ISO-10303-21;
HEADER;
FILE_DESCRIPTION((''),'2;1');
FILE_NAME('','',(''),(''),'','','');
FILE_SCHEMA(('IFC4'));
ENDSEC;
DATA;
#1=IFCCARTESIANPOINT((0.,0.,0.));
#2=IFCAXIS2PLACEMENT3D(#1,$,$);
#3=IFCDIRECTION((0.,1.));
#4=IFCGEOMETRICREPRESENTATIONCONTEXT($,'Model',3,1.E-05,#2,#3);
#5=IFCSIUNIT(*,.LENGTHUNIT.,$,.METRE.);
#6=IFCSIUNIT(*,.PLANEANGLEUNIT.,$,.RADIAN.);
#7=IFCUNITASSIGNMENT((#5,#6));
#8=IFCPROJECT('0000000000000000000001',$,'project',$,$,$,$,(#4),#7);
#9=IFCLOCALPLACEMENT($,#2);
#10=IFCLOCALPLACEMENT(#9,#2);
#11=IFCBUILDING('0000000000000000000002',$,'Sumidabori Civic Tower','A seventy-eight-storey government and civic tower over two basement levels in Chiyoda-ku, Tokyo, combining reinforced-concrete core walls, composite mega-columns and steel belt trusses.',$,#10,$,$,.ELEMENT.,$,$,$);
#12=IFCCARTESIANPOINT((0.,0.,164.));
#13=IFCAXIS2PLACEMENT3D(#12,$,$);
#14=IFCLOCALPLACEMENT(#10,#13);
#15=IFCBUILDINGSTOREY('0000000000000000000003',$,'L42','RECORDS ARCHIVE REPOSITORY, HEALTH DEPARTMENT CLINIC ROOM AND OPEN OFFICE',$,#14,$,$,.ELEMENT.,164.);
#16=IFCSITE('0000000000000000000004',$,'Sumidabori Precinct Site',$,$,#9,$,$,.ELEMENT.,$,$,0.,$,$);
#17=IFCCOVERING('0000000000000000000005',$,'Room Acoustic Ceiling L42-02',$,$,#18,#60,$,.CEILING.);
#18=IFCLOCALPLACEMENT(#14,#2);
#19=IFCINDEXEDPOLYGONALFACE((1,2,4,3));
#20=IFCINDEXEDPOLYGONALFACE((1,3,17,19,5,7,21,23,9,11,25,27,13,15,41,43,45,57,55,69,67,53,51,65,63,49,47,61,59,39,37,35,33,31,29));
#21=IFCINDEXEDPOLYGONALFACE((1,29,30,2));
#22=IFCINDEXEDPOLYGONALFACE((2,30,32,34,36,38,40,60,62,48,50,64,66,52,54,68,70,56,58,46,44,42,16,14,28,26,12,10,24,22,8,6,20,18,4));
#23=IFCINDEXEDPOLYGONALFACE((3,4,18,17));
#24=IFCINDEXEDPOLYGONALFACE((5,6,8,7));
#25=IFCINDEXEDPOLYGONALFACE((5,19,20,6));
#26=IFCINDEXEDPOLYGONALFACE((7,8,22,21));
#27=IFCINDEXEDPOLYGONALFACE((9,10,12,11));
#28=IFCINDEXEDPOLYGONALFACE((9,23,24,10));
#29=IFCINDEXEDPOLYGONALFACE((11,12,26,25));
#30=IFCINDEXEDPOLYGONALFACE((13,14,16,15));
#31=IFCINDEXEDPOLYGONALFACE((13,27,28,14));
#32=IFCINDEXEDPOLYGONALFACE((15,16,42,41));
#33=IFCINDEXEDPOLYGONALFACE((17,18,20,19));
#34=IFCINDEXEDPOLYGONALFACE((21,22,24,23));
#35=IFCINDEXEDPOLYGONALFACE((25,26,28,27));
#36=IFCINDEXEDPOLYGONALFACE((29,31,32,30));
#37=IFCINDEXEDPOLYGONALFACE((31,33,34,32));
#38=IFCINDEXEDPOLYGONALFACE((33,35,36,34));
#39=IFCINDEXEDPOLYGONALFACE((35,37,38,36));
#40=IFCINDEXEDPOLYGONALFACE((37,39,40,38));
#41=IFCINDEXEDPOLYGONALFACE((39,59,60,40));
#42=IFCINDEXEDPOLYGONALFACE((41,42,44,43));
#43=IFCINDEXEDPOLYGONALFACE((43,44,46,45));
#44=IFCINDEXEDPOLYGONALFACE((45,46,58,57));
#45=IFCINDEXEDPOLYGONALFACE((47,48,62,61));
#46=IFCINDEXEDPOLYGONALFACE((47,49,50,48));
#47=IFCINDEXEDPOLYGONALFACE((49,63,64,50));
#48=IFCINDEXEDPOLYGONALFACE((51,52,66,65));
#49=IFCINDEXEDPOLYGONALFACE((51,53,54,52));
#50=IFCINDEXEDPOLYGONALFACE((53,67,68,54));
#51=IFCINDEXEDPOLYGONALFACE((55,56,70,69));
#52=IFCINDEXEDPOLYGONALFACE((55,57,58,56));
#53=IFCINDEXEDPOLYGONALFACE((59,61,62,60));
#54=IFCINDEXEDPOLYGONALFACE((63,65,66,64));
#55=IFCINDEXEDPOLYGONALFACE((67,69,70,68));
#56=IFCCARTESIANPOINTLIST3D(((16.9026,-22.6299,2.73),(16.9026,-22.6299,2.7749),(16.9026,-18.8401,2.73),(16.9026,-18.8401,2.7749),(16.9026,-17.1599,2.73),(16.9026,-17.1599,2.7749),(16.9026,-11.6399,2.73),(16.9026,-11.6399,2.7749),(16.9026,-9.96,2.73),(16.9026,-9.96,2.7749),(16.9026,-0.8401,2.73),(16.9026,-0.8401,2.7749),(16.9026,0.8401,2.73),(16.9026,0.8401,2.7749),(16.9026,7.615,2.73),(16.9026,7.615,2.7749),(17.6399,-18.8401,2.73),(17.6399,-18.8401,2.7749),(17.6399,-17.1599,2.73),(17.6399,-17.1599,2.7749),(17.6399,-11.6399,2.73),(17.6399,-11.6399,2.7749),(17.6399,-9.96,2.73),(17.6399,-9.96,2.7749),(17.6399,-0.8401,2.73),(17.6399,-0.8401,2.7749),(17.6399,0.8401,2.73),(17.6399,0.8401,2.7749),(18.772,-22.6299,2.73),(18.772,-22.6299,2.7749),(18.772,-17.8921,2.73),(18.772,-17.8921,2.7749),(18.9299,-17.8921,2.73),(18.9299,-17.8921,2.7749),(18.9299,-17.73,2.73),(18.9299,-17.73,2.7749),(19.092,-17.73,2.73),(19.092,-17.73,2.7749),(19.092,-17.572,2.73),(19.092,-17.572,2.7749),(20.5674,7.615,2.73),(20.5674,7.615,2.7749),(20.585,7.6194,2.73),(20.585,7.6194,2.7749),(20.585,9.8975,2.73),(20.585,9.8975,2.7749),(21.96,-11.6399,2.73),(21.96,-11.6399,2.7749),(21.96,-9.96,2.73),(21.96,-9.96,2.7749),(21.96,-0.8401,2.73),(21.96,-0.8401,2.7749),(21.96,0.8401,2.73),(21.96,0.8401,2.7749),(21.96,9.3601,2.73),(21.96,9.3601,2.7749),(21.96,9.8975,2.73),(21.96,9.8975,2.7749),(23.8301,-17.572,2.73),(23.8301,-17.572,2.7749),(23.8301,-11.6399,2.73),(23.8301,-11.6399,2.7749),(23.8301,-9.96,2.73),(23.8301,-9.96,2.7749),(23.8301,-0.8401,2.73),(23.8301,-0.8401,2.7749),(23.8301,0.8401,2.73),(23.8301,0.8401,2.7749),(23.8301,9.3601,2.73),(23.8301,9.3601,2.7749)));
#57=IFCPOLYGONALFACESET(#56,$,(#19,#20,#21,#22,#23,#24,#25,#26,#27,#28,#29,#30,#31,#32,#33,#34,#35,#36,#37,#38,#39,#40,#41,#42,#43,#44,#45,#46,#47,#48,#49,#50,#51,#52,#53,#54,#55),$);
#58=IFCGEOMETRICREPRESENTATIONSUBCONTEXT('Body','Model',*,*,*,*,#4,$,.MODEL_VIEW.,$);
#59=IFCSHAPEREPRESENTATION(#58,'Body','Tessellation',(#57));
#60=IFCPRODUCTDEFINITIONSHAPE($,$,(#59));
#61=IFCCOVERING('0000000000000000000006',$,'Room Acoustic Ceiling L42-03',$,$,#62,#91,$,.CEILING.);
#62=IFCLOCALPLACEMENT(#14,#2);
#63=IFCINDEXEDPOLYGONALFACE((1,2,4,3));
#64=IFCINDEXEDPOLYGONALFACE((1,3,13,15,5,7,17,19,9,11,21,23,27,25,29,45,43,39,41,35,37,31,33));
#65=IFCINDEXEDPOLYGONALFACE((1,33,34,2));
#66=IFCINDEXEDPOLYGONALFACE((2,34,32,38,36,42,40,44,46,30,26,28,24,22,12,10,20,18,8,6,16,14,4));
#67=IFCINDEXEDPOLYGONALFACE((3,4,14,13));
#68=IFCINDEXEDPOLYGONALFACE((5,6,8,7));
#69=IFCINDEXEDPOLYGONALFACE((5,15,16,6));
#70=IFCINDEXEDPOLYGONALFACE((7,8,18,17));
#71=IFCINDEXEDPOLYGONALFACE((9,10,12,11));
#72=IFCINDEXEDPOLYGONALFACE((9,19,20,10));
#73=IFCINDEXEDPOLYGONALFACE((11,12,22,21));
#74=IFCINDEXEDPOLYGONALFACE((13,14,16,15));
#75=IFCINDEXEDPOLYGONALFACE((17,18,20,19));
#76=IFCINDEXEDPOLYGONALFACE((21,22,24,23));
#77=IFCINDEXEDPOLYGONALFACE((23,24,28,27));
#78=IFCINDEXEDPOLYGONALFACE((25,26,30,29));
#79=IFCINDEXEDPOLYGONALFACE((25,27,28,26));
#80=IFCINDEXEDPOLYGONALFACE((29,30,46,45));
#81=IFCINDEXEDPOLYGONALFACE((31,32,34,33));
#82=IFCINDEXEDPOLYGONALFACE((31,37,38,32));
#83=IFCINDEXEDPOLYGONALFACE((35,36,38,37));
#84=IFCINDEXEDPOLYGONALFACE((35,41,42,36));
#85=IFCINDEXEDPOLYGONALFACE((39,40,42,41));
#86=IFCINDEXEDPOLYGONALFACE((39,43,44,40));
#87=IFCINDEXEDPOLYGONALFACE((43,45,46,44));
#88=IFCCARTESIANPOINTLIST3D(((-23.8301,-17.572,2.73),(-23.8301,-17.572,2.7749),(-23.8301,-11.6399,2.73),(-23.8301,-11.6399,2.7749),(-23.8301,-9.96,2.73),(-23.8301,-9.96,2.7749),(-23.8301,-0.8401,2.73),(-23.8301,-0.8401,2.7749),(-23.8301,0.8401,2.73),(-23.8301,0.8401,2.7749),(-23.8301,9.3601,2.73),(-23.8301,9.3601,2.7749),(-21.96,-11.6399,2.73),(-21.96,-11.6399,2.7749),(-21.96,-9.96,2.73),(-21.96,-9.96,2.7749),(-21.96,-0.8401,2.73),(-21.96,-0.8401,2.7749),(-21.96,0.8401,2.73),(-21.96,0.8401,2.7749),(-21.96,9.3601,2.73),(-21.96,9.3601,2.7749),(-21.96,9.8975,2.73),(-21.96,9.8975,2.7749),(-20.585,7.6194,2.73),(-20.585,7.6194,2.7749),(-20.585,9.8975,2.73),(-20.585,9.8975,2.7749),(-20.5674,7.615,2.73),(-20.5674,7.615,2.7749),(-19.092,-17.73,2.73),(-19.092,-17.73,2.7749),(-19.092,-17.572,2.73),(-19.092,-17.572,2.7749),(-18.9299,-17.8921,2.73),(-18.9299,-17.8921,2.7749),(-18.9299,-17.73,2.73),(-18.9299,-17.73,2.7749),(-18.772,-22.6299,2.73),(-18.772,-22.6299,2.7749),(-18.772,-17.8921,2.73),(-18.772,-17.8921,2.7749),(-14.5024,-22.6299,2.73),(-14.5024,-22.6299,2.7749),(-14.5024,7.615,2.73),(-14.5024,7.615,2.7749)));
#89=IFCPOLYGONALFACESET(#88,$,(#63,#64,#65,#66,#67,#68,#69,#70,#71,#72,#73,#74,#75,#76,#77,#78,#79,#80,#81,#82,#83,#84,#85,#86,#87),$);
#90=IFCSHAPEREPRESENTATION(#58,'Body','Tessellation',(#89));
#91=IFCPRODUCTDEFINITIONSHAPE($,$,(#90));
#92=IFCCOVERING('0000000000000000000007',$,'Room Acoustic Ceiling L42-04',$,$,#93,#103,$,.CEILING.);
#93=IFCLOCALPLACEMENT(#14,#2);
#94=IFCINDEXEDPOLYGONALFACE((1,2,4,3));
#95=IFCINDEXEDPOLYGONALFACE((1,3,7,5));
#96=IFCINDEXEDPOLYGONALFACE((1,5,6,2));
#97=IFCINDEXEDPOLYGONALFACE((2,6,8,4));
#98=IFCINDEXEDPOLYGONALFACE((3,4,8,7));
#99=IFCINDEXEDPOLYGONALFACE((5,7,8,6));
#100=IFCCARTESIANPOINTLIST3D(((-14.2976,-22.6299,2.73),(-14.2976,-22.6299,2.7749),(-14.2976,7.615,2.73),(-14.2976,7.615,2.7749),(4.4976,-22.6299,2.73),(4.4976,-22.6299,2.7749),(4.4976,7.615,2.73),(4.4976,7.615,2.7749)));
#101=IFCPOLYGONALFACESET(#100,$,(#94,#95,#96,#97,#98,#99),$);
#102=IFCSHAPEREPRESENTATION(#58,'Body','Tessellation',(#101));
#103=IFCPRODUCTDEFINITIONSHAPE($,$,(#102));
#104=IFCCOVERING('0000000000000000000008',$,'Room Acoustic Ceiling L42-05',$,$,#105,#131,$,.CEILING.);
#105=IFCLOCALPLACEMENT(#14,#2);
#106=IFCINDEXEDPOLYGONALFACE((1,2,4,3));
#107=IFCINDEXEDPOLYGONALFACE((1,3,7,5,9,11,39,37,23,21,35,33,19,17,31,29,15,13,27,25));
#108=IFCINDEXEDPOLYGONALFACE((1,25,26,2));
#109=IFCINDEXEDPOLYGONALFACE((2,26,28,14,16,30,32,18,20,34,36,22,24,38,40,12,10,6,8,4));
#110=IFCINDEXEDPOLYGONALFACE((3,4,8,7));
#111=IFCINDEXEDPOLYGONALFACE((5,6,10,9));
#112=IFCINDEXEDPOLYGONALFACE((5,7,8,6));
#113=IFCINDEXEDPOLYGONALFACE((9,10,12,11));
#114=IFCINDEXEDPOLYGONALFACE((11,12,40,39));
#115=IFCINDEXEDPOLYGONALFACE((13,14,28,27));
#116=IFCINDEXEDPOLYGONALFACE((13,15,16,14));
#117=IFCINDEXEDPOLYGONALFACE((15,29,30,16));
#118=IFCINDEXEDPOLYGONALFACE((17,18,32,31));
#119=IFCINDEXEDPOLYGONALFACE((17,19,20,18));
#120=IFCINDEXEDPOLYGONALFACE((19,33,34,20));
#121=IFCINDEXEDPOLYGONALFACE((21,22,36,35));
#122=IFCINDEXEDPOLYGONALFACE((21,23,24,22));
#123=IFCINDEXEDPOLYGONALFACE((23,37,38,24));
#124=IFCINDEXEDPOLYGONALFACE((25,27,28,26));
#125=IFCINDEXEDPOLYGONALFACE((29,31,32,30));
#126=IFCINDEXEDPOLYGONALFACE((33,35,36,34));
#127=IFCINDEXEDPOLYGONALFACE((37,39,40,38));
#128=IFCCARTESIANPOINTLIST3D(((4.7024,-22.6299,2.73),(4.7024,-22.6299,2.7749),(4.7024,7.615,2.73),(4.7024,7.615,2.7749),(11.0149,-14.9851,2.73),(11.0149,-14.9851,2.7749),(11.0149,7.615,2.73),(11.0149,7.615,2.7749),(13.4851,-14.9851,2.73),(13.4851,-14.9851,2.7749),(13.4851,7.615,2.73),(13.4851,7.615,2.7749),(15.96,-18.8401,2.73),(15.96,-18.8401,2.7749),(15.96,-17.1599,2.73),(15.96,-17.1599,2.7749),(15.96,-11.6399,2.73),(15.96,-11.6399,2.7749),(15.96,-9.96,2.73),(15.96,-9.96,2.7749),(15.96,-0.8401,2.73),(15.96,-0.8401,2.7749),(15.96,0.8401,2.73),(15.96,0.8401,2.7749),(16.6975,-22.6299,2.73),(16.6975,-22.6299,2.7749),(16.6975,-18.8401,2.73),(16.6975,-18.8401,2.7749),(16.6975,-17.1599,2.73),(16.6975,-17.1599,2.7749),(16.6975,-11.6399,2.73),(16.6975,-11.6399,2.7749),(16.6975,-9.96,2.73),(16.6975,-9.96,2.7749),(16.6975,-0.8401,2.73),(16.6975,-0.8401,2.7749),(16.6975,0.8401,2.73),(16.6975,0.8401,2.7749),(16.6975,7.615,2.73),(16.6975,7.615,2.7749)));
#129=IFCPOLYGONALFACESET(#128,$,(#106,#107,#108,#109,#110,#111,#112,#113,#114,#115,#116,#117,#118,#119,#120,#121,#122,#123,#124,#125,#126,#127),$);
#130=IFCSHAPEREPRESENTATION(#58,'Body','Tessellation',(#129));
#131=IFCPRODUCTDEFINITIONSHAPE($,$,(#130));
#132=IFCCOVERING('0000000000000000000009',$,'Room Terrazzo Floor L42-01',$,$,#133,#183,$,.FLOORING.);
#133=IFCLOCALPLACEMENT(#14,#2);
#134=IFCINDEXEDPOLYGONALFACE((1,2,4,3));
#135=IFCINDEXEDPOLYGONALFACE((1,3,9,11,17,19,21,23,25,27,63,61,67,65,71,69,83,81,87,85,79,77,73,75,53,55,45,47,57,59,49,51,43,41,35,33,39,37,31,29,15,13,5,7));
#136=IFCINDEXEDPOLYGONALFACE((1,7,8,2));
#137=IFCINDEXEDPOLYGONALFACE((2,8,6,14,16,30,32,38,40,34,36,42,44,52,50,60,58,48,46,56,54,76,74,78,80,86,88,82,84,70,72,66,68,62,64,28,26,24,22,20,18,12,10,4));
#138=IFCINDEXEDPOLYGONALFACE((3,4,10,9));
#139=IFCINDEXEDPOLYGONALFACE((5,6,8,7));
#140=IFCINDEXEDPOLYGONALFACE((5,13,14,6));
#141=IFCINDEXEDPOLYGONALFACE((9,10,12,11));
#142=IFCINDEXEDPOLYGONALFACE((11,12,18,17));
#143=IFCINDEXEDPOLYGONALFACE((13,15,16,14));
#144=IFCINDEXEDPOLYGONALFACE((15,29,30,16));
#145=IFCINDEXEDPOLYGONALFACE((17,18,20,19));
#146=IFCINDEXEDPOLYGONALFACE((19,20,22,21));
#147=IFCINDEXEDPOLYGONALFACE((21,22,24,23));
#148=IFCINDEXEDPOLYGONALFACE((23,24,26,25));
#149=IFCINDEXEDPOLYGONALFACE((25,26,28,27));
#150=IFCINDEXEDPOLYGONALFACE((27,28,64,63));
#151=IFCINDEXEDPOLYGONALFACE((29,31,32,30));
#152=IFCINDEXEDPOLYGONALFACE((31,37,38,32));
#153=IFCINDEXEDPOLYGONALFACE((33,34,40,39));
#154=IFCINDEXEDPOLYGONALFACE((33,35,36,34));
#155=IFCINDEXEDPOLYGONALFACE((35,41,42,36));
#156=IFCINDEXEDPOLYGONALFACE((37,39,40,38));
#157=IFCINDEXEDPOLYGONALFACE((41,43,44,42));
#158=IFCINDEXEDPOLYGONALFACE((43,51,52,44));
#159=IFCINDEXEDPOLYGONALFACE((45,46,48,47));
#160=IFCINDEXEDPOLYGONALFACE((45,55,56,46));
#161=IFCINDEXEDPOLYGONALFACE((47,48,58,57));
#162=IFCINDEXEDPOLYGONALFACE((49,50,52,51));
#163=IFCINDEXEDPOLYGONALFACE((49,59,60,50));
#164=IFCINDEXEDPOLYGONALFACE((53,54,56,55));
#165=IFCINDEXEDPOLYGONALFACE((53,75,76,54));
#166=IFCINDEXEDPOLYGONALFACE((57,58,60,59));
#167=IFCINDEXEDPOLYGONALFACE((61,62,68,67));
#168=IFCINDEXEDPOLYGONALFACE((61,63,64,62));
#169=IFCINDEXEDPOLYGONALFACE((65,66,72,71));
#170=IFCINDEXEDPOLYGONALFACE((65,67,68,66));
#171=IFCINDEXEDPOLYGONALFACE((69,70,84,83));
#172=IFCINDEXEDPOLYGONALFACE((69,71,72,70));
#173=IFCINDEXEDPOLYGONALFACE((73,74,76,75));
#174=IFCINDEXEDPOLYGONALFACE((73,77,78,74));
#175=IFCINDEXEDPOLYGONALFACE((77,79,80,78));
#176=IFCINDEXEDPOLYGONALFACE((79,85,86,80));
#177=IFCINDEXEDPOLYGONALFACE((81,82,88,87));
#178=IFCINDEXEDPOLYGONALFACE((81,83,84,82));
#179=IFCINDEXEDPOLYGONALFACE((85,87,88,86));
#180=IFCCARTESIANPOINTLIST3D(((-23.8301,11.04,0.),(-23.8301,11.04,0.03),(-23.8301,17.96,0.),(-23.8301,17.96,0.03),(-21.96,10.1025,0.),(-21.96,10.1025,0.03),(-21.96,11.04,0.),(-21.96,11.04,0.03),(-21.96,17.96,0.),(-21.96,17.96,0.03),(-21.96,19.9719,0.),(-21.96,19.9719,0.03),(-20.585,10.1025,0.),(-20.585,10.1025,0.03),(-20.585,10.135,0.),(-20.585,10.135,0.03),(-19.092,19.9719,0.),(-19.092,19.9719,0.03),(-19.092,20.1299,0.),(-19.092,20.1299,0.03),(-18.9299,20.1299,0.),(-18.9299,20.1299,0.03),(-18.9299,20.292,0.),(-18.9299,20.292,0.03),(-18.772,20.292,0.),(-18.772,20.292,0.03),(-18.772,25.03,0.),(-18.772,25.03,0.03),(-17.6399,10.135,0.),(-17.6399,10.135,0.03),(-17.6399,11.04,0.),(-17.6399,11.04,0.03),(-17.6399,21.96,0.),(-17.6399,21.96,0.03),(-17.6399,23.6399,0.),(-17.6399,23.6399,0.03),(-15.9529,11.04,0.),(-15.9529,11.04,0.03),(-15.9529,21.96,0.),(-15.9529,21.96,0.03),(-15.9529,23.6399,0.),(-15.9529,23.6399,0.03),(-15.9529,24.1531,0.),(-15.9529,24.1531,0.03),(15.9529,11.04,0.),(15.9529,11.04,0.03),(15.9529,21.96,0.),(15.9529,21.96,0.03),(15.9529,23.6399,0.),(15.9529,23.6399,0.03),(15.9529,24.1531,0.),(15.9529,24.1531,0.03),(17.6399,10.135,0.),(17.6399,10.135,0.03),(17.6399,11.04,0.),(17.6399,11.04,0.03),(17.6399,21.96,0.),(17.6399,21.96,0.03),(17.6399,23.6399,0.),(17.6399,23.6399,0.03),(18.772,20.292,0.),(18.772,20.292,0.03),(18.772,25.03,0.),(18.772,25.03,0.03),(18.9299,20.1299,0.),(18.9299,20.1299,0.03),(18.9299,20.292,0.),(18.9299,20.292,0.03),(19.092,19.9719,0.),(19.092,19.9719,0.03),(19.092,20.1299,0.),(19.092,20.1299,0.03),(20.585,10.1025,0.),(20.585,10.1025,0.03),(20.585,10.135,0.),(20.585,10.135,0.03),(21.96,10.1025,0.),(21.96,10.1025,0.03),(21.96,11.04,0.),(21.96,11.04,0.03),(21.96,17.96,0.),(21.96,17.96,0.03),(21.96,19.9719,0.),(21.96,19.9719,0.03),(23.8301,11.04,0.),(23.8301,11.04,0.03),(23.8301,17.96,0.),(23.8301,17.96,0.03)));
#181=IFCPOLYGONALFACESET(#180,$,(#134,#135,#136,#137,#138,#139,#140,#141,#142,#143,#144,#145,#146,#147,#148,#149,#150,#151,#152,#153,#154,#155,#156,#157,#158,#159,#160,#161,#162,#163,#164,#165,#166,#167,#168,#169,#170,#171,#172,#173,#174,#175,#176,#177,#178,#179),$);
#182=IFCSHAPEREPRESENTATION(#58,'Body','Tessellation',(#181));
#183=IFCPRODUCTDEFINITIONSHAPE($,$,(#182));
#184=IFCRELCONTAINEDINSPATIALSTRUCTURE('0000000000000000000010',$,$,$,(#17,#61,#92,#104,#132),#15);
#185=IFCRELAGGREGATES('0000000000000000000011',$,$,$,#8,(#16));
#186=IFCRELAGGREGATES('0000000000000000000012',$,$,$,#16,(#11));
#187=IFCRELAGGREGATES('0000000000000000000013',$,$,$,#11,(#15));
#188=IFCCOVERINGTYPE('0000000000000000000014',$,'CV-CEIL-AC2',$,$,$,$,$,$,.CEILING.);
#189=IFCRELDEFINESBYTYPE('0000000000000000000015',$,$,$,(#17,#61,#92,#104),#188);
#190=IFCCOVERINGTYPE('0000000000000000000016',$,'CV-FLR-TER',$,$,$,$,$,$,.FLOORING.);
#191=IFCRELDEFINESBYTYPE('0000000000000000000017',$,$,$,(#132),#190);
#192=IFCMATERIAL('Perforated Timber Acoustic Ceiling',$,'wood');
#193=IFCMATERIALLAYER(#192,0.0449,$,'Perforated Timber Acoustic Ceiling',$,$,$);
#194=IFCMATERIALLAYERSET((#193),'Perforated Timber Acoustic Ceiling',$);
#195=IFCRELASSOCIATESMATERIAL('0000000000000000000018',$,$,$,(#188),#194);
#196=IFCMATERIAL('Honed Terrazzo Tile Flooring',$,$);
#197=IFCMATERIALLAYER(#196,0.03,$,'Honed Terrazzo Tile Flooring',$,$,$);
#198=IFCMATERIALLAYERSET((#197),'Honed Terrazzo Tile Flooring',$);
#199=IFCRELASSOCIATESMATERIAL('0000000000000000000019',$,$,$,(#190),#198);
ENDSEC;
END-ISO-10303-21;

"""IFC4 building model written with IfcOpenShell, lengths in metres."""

from ifc_helpers import new_model, si_unit, direction, frame, origin, place, context, subcontext, project, spatial, polyline, outline, extrude, material, layer, layer_set, type_object, element, save


model = new_model("IFC4")

# Units and contexts
model_context = context("Model", 3, precision=1e-05, world=origin(), true_north=direction((0.0, 1.0)))
body_context = subcontext(model_context, "Body", "Model", "MODEL_VIEW")
ifc_project = project(units=[si_unit("LENGTHUNIT", "METRE"), si_unit("PLANEANGLEUNIT", "RADIAN")], contexts=[model_context])

# Site, building, storey
site_placement = place(None, origin())
site = spatial("IfcSite", under=ifc_project, at=site_placement, Name="Sumidabori Precinct Site", CompositionType="ELEMENT", RefElevation=0.0)
building_placement = place(site_placement, origin())
building = spatial("IfcBuilding", under=site, at=building_placement, Name="Sumidabori Civic Tower", Description="A seventy-eight-storey government and civic tower over two basement levels in Chiyoda-ku, Tokyo, combining reinforced-concrete core walls, composite mega-columns and steel belt trusses.", CompositionType="ELEMENT")
storey_placement = place(building_placement, frame((0.0, 0.0, 164.0)))
storey = spatial("IfcBuildingStorey", under=building, at=storey_placement, Name="L42", Description="RECORDS ARCHIVE REPOSITORY, HEALTH DEPARTMENT CLINIC ROOM AND OPEN OFFICE", CompositionType="ELEMENT", Elevation=164.0)

# Coverings
ifc_material_1 = material(Name="Perforated Timber Acoustic Ceiling", Category="wood")
ifc_layer_1 = layer(ifc_material_1, 0.0449, Name="Perforated Timber Acoustic Ceiling")
ifc_layer_set_1 = layer_set([ifc_layer_1], Name="Perforated Timber Acoustic Ceiling")
covering_type_1 = type_object("IfcCoveringType", Name="CV-CEIL-AC2", PredefinedType="CEILING", material=ifc_layer_set_1)
covering_1_placement = place(storey_placement, frame((0.0, 0.0, 2.73)))
element("IfcCovering", 1, at=covering_1_placement, inside=storey, type_object=covering_type_1, Name="Room Acoustic Ceiling L42-02", PredefinedType="CEILING", context=body_context, shape_type="SweptSolid", body=[
    extrude(outline(polyline([(18.772, -22.6299), (16.9026, -22.6299), (16.9026, -18.8401), (17.6399, -18.8401), (17.6399, -17.1599), (16.9026, -17.1599), (16.9026, -11.6399), (17.6399, -11.6399), (17.6399, -9.96), (16.9026, -9.96), (16.9026, -0.8401), (17.6399, -0.8401), (17.6399, 0.8401), (16.9026, 0.8401), (16.9026, 7.615), (20.5674, 7.615), (20.585, 7.6194), (20.585, 9.8975), (21.96, 9.8975), (21.96, 9.3601), (23.8301, 9.3601), (23.8301, 0.8401), (21.96, 0.8401), (21.96, -0.8401), (23.8301, -0.8401), (23.8301, -9.96), (21.96, -9.96), (21.96, -11.6399), (23.8301, -11.6399), (23.8301, -17.572), (19.092, -17.572), (19.092, -17.73), (18.9299, -17.73), (18.9299, -17.8921), (18.772, -17.8921), (18.772, -22.6299)])), origin(), (0.0, 0.0, 1.0), 0.0449),
])
covering_2_placement = place(storey_placement, frame((0.0, 0.0, 2.73)))
element("IfcCovering", 2, at=covering_2_placement, inside=storey, type_object=covering_type_1, Name="Room Acoustic Ceiling L42-03", PredefinedType="CEILING", context=body_context, shape_type="SweptSolid", body=[
    extrude(outline(polyline([(-23.8301, -0.8401), (-21.96, -0.8401), (-21.96, 0.8401), (-23.8301, 0.8401), (-23.8301, 9.3601), (-21.96, 9.3601), (-21.96, 9.8975), (-20.585, 9.8975), (-20.585, 7.6194), (-20.5674, 7.615), (-14.5024, 7.615), (-14.5024, -22.6299), (-18.772, -22.6299), (-18.772, -17.8921), (-18.9299, -17.8921), (-18.9299, -17.73), (-19.092, -17.73), (-19.092, -17.572), (-23.8301, -17.572), (-23.8301, -11.6399), (-21.96, -11.6399), (-21.96, -9.96), (-23.8301, -9.96), (-23.8301, -0.8401)])), origin(), (0.0, 0.0, 1.0), 0.0449),
])
covering_3_placement = place(storey_placement, frame((0.0, 0.0, 2.73)))
element("IfcCovering", 3, at=covering_3_placement, inside=storey, type_object=covering_type_1, Name="Room Acoustic Ceiling L42-04", PredefinedType="CEILING", context=body_context, shape_type="SweptSolid", body=[
    extrude(outline(polyline([(-14.2976, 7.615), (4.4976, 7.615), (4.4976, -22.6299), (-14.2976, -22.6299), (-14.2976, 7.615)])), origin(), (0.0, 0.0, 1.0), 0.0449),
])
covering_4_placement = place(storey_placement, frame((0.0, 0.0, 2.73)))
element("IfcCovering", 4, at=covering_4_placement, inside=storey, type_object=covering_type_1, Name="Room Acoustic Ceiling L42-05", PredefinedType="CEILING", context=body_context, shape_type="SweptSolid", body=[
    extrude(outline(polyline([(4.7024, -22.6299), (4.7024, 7.615), (11.0149, 7.615), (11.0149, -14.9851), (13.4851, -14.9851), (13.4851, 7.615), (16.6975, 7.615), (16.6975, 0.8401), (15.96, 0.8401), (15.96, -0.8401), (16.6975, -0.8401), (16.6975, -9.96), (15.96, -9.96), (15.96, -11.6399), (16.6975, -11.6399), (16.6975, -17.1599), (15.96, -17.1599), (15.96, -18.8401), (16.6975, -18.8401), (16.6975, -22.6299), (4.7024, -22.6299)])), origin(), (0.0, 0.0, 1.0), 0.0449),
])
ifc_material_2 = material(Name="Honed Terrazzo Tile Flooring")
ifc_layer_2 = layer(ifc_material_2, 0.03, Name="Honed Terrazzo Tile Flooring")
ifc_layer_set_2 = layer_set([ifc_layer_2], Name="Honed Terrazzo Tile Flooring")
covering_type_2 = type_object("IfcCoveringType", Name="CV-FLR-TER", PredefinedType="FLOORING", material=ifc_layer_set_2)
covering_5_placement = place(storey_placement, origin())
element("IfcCovering", 5, at=covering_5_placement, inside=storey, type_object=covering_type_2, Name="Room Terrazzo Floor L42-01", PredefinedType="FLOORING", context=body_context, shape_type="SweptSolid", body=[
    extrude(outline(polyline([(-23.8301, 17.96), (-21.96, 17.96), (-21.96, 19.9719), (-19.092, 19.9719), (-19.092, 20.1299), (-18.9299, 20.1299), (-18.9299, 20.292), (-18.772, 20.292), (-18.772, 25.03), (18.772, 25.03), (18.772, 20.292), (18.9299, 20.292), (18.9299, 20.1299), (19.092, 20.1299), (19.092, 19.9719), (21.96, 19.9719), (21.96, 17.96), (23.8301, 17.96), (23.8301, 11.04), (21.96, 11.04), (21.96, 10.1025), (20.585, 10.1025), (20.585, 10.135), (17.6399, 10.135), (17.6399, 11.04), (15.9529, 11.04), (15.9529, 21.96), (17.6399, 21.96), (17.6399, 23.6399), (15.9529, 23.6399), (15.9529, 24.1531), (-15.9529, 24.1531), (-15.9529, 23.6399), (-17.6399, 23.6399), (-17.6399, 21.96), (-15.9529, 21.96), (-15.9529, 11.04), (-17.6399, 11.04), (-17.6399, 10.135), (-20.585, 10.135), (-20.585, 10.1025), (-21.96, 10.1025), (-21.96, 11.04), (-23.8301, 11.04), (-23.8301, 17.96)])), origin(), (0.0, 0.0, 1.0), 0.03),
])

save(model, "model.ifc")
